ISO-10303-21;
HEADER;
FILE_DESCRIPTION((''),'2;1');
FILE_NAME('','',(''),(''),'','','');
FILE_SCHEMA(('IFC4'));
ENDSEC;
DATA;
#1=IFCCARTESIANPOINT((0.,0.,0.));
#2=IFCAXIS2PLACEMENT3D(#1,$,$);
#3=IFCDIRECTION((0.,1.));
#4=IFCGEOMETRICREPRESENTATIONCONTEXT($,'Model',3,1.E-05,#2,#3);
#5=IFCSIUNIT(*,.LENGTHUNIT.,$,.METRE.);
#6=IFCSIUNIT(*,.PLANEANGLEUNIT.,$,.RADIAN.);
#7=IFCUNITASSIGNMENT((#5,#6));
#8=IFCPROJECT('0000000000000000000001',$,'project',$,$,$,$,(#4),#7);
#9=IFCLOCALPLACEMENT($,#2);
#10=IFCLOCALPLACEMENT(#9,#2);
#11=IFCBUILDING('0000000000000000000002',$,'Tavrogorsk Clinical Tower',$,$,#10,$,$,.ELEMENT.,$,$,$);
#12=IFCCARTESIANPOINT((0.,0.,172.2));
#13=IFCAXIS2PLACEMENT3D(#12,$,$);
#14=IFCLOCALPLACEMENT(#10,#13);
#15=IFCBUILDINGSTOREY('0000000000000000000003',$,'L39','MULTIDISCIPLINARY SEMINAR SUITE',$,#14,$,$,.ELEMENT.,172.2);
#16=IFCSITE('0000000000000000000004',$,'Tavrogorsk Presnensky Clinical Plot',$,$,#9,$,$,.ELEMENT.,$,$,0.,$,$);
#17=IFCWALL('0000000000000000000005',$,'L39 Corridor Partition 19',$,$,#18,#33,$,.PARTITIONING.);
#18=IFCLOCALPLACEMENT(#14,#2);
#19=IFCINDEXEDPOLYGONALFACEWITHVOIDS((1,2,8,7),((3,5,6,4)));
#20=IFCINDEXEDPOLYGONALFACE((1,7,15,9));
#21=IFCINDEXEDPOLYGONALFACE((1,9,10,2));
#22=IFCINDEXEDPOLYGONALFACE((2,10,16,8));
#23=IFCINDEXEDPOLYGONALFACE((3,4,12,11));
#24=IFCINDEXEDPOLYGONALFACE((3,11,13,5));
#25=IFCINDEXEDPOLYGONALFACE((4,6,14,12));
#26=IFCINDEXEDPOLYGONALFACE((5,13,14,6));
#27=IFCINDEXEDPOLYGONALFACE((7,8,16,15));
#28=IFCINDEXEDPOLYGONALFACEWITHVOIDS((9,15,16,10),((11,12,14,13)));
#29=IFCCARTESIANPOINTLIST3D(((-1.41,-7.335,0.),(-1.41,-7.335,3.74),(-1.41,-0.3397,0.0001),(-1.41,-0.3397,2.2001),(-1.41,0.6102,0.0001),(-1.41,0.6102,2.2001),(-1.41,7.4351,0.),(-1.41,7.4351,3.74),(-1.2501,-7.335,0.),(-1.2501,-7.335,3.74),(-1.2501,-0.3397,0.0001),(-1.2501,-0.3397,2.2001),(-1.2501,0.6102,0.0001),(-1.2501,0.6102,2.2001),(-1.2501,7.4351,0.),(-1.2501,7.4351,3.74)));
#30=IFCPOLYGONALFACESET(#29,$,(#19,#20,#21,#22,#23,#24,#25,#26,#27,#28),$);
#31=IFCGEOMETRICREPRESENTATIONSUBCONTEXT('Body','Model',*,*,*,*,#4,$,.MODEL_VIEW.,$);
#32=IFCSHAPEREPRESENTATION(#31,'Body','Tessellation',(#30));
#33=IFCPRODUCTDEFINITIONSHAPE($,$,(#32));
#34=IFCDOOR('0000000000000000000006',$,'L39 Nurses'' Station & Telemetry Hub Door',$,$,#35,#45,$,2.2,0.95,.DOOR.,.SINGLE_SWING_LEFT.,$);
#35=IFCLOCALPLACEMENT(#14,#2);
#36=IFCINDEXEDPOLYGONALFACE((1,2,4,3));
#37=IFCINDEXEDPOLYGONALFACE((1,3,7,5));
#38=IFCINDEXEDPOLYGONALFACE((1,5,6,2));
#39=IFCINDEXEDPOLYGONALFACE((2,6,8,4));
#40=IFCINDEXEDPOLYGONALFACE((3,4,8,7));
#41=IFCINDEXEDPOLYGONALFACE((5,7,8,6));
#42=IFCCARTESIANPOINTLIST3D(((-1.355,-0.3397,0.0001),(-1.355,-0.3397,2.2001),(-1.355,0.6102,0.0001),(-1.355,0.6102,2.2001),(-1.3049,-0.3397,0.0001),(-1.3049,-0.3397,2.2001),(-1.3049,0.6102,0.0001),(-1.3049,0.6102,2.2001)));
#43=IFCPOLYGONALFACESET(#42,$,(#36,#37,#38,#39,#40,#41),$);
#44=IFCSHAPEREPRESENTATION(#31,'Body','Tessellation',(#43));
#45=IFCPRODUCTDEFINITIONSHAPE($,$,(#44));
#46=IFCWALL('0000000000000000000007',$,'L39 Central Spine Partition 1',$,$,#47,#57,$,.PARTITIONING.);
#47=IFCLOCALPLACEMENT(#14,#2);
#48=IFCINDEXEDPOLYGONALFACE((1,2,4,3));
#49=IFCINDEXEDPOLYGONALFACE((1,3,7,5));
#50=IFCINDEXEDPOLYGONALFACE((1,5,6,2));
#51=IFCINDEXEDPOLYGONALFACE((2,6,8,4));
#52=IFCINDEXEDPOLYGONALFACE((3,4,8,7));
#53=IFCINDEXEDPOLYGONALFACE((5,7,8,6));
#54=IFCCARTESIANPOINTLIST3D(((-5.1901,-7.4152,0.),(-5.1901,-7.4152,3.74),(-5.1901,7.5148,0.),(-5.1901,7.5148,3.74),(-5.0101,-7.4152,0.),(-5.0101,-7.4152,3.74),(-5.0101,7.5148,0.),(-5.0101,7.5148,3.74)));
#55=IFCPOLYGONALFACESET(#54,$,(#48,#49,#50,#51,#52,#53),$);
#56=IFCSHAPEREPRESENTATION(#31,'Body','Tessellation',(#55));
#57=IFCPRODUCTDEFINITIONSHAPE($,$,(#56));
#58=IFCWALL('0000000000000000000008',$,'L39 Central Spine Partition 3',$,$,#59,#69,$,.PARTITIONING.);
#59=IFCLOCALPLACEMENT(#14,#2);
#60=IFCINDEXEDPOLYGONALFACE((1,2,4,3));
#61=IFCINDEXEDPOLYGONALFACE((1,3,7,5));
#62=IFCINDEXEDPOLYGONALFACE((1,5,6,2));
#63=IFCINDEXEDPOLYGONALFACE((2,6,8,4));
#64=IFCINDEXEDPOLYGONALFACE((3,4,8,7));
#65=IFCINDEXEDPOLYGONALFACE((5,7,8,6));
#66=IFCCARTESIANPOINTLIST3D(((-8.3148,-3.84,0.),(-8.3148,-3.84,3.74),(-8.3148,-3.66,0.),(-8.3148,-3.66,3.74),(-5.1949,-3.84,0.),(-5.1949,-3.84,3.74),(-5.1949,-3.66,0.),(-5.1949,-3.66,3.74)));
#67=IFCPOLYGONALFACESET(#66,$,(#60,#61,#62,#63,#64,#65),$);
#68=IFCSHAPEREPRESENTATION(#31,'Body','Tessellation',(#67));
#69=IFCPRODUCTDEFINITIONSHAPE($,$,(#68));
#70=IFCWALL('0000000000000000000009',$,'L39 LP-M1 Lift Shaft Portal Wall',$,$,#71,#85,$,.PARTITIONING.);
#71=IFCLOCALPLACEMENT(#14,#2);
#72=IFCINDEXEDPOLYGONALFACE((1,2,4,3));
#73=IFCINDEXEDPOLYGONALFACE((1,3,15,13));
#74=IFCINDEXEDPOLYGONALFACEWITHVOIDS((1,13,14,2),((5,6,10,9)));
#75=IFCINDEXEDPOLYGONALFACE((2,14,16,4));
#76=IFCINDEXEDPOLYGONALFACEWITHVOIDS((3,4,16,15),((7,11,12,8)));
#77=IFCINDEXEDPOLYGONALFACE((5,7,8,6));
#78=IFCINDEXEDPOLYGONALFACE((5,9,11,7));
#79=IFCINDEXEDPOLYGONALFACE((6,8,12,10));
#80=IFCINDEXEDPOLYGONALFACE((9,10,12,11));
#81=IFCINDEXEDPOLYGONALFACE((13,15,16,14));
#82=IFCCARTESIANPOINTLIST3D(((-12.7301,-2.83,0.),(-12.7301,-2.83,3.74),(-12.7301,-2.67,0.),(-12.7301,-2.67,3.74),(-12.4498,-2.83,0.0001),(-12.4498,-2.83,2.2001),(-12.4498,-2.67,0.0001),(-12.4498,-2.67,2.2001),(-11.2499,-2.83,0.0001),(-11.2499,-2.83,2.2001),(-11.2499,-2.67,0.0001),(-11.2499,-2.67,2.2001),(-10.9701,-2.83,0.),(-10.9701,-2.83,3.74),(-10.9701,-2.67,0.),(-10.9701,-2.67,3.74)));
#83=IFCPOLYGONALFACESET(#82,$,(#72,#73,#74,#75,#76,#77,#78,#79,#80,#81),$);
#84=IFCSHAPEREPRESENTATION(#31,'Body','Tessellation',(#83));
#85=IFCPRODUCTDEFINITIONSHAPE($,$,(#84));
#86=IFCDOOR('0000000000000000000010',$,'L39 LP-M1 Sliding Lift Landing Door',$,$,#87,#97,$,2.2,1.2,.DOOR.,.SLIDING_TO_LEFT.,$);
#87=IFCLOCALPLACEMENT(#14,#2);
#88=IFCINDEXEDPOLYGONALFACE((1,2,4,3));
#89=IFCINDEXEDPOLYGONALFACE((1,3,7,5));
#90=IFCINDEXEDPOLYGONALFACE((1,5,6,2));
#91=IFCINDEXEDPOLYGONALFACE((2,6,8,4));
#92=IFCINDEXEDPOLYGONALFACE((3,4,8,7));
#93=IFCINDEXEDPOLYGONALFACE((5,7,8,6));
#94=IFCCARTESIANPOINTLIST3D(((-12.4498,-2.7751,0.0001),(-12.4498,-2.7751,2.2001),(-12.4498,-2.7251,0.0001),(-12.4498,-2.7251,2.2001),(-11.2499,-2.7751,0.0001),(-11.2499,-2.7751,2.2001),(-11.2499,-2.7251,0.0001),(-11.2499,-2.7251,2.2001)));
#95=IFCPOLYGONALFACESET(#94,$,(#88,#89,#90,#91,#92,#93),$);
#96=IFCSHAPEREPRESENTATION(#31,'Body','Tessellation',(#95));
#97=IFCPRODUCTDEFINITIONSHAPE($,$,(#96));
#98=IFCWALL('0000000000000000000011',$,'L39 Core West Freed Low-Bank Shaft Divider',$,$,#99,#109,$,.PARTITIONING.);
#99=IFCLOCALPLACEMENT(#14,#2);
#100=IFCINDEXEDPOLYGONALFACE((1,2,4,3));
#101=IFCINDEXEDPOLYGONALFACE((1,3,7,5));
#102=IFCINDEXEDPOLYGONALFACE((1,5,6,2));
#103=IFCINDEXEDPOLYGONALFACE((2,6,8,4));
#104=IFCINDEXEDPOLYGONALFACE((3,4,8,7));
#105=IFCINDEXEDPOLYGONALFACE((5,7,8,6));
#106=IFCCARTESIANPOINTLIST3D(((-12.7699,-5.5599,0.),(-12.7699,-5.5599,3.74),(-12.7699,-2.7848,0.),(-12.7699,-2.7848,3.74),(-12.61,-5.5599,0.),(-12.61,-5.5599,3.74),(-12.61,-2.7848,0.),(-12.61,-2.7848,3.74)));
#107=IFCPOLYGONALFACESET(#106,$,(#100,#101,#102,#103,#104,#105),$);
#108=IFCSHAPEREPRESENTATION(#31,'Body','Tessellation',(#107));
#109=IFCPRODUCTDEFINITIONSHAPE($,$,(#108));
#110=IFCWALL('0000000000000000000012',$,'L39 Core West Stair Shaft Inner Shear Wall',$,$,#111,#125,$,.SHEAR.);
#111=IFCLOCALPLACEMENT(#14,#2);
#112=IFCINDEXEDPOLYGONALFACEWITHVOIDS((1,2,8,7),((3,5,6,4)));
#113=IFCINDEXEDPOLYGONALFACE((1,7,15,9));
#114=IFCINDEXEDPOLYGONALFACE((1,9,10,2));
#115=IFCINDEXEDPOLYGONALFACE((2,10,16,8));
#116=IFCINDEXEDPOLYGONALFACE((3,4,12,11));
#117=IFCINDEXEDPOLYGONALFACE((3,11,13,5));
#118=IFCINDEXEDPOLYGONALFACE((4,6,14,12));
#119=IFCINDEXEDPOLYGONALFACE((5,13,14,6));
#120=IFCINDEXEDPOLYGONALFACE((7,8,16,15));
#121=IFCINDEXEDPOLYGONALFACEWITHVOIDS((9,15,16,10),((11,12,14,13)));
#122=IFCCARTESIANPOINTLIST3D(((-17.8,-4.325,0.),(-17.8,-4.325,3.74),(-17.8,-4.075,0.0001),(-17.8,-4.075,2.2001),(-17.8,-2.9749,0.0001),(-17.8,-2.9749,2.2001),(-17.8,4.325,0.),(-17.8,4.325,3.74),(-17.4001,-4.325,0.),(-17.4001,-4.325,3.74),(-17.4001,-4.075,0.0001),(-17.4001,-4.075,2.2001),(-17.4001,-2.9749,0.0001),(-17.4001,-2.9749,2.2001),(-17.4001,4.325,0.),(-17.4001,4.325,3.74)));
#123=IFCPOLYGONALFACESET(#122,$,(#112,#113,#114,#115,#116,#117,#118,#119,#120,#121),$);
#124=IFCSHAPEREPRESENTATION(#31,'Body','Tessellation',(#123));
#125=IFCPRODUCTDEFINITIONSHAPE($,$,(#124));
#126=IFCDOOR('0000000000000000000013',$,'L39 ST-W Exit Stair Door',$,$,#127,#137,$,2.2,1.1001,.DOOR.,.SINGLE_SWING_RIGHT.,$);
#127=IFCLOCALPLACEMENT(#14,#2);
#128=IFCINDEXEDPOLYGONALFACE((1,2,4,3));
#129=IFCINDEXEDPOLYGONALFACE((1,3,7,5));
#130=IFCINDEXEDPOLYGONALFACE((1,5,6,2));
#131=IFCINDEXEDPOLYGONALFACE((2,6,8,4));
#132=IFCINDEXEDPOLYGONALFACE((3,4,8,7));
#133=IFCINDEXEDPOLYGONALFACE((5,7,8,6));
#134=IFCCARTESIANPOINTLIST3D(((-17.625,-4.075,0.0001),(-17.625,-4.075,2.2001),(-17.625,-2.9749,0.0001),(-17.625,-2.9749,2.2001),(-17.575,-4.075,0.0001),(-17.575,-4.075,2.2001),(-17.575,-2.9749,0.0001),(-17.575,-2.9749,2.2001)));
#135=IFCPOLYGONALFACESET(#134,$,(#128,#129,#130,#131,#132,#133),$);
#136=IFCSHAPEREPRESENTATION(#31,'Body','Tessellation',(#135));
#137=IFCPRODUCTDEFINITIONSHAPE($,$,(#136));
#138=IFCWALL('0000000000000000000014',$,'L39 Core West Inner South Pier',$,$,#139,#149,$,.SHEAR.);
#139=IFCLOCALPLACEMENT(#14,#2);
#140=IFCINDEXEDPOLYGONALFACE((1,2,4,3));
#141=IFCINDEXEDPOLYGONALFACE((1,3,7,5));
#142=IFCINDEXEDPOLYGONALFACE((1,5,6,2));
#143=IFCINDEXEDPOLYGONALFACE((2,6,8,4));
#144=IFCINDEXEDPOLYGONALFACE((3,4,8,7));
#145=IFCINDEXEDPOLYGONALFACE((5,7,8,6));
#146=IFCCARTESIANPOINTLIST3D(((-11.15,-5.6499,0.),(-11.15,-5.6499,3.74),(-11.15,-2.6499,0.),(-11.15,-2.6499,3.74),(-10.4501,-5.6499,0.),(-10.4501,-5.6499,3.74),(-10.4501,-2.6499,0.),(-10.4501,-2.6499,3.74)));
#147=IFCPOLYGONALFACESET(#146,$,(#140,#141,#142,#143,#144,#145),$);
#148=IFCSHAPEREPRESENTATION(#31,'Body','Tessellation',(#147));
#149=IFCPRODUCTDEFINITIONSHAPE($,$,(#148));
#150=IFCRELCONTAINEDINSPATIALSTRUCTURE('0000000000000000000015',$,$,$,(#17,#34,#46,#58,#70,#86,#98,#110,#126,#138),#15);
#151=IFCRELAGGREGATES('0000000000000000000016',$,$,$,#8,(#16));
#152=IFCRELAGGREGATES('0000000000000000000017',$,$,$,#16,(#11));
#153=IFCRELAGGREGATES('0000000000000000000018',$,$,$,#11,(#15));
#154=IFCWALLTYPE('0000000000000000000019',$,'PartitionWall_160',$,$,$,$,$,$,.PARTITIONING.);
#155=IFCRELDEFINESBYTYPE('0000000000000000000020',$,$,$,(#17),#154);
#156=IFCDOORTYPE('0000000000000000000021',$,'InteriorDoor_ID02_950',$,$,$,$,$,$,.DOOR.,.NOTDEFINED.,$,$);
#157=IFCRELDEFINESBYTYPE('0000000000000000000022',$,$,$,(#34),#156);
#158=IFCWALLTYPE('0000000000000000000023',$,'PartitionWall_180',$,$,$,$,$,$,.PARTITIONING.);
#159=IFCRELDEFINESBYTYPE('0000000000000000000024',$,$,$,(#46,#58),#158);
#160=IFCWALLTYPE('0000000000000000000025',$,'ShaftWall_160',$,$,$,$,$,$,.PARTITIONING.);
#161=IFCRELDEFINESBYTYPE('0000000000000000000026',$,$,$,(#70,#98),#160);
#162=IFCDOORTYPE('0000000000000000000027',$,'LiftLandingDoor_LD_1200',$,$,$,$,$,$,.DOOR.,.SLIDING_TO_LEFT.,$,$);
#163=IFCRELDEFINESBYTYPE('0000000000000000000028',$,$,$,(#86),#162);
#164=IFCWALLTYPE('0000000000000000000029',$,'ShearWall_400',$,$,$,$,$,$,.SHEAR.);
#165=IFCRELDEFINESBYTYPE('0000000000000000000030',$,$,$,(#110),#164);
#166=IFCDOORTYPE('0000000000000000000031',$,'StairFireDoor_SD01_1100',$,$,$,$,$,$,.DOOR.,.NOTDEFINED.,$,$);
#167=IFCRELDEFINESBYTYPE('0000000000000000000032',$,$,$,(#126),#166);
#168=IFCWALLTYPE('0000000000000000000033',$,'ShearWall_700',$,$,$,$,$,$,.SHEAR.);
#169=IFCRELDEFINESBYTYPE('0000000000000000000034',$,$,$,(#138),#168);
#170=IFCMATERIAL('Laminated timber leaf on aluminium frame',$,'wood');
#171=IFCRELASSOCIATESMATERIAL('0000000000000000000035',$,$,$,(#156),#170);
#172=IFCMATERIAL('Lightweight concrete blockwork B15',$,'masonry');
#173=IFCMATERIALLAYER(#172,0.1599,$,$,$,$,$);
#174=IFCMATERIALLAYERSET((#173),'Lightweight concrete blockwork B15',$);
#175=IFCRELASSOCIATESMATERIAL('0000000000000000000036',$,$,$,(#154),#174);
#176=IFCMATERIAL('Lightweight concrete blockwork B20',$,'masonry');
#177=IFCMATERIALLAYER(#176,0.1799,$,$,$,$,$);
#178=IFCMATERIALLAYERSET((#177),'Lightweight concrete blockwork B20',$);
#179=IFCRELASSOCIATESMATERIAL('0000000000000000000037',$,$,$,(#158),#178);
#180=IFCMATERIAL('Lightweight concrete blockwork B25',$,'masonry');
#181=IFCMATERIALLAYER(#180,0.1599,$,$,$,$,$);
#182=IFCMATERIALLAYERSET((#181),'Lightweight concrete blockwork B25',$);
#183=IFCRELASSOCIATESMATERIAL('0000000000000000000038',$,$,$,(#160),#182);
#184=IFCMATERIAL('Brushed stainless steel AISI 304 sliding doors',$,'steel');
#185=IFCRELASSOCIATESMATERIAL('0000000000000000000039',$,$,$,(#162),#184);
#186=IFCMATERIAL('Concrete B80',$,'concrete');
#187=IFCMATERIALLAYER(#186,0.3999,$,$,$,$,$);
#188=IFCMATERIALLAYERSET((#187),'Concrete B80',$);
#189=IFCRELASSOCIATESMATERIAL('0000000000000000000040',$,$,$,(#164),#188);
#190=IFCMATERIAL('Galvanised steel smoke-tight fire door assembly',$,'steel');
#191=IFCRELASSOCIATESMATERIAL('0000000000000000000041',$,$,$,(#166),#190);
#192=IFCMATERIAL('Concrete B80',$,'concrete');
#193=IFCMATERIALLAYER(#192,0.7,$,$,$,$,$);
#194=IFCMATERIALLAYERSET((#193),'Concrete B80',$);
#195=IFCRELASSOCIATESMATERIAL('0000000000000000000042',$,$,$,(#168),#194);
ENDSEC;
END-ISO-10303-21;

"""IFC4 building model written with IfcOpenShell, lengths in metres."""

from ifc_helpers import new_model, si_unit, direction, frame, frame_2d, origin, place, context, subcontext, project, spatial, rectangle, extrude, material, layer, layer_set, type_object, element, fill, save


model = new_model("IFC4")

# Units and contexts
model_context = context("Model", 3, precision=1e-05, world=origin(), true_north=direction((0.0, 1.0)))
body_context = subcontext(model_context, "Body", "Model", "MODEL_VIEW")
ifc_project = project(units=[si_unit("LENGTHUNIT", "METRE"), si_unit("PLANEANGLEUNIT", "RADIAN")], contexts=[model_context])

# Site, building, storey
site_placement = place(None, origin())
site = spatial("IfcSite", under=ifc_project, at=site_placement, Name="Tavrogorsk Presnensky Clinical Plot", CompositionType="ELEMENT", RefElevation=0.0)
building_placement = place(site_placement, origin())
building = spatial("IfcBuilding", under=site, at=building_placement, Name="Tavrogorsk Clinical Tower", CompositionType="ELEMENT")
storey_placement = place(building_placement, frame((0.0, 0.0, 172.2)))
storey = spatial("IfcBuildingStorey", under=building, at=storey_placement, Name="L39", Description="MULTIDISCIPLINARY SEMINAR SUITE", CompositionType="ELEMENT", Elevation=172.2)

# Shared definitions
ifc_material_1 = material(Name="Laminated timber leaf on aluminium frame", Category="wood")
door_type_1 = type_object("IfcDoorType", Name="InteriorDoor_ID02_950", OperationType="NOTDEFINED", PredefinedType="DOOR", material=ifc_material_1)

# Shared definitions
ifc_material_2 = material(Name="Lightweight concrete blockwork B15", Category="masonry")
ifc_layer_1 = layer(ifc_material_2, 0.1599)
ifc_layer_set_1 = layer_set([ifc_layer_1], Name="Lightweight concrete blockwork B15")
wall_type_1 = type_object("IfcWallType", Name="PartitionWall_160", PredefinedType="PARTITIONING", material=ifc_layer_set_1)

# Wall, opening, door
wall_1_placement = place(storey_placement, frame((-1.3301, -7.335, 0.0), z_axis=(0.0, 0.0, 1.0), x_axis=(0.0, 1.0, 0.0)))
wall_1 = element("IfcWall", 1, at=wall_1_placement, inside=storey, type_object=wall_type_1, Name="L39 Corridor Partition 19", PredefinedType="PARTITIONING", context=body_context, shape_type="SweptSolid", body=[
    extrude(rectangle(XDim=14.77, YDim=0.1599, at=frame_2d((7.385, 0.0))), origin(), (0.0, 0.0, 1.0), 3.74),
])
opening_1_placement = place(wall_1_placement, frame((6.9951, 0.0, 0.0)))
opening_1 = element("IfcOpeningElement", 2, at=opening_1_placement, cuts=wall_1, PredefinedType="OPENING", context=body_context, shape_type="SweptSolid", body=[
    extrude(rectangle(XDim=0.95, YDim=2.2, at=frame_2d((0.4751, 1.1001))), frame((0.0, 0.0898, 0.0), z_axis=(0.0, -1.0, 0.0), x_axis=(1.0, 0.0, 0.0)), (0.0, 0.0, 1.0), 0.1799),
])
door_1_placement = place(opening_1_placement, origin())
door_1 = element("IfcDoor", 3, at=door_1_placement, inside=storey, type_object=door_type_1, Name="L39 Nurses' Station & Telemetry Hub Door", OperationType="SINGLE_SWING_LEFT", OverallHeight=2.2, OverallWidth=0.95, PredefinedType="DOOR", context=body_context, shape_type="SweptSolid", body=[
    extrude(rectangle(XDim=0.95, YDim=2.2, at=frame_2d((0.4751, 1.1001))), frame((0.0, 0.0249, 0.0), z_axis=(0.0, -1.0, 0.0), x_axis=(1.0, 0.0, 0.0)), (0.0, 0.0, 1.0), 0.05),
])
fill(opening_1, door_1)

# Walls
ifc_material_3 = material(Name="Lightweight concrete blockwork B20", Category="masonry")
ifc_layer_2 = layer(ifc_material_3, 0.1799)
ifc_layer_set_2 = layer_set([ifc_layer_2], Name="Lightweight concrete blockwork B20")
wall_type_2 = type_object("IfcWallType", Name="PartitionWall_180", PredefinedType="PARTITIONING", material=ifc_layer_set_2)
wall_2_placement = place(storey_placement, frame((-5.1001, -7.415, 0.0), z_axis=(0.0, 0.0, 1.0), x_axis=(0.0, 1.0, 0.0)))
element("IfcWall", 4, at=wall_2_placement, inside=storey, type_object=wall_type_2, Name="L39 Central Spine Partition 1", PredefinedType="PARTITIONING", context=body_context, shape_type="SweptSolid", body=[
    extrude(rectangle(XDim=14.9299, YDim=0.1799, at=frame_2d((7.4648, 0.0))), origin(), (0.0, 0.0, 1.0), 3.74),
])
wall_3_placement = place(storey_placement, frame((-8.3149, -3.75, 0.0), z_axis=(0.0, 0.0, 1.0), x_axis=(1.0, 0.0, 0.0)))
element("IfcWall", 5, at=wall_3_placement, inside=storey, type_object=wall_type_2, Name="L39 Central Spine Partition 3", PredefinedType="PARTITIONING", context=body_context, shape_type="SweptSolid", body=[
    extrude(rectangle(XDim=3.1199, YDim=0.1799, at=frame_2d((1.5601, 0.0))), origin(), (0.0, 0.0, 1.0), 3.74),
])

# Wall, opening, door
ifc_material_4 = material(Name="Lightweight concrete blockwork B25", Category="masonry")
ifc_layer_3 = layer(ifc_material_4, 0.1599)
ifc_layer_set_3 = layer_set([ifc_layer_3], Name="Lightweight concrete blockwork B25")
wall_type_3 = type_object("IfcWallType", Name="ShaftWall_160", PredefinedType="PARTITIONING", material=ifc_layer_set_3)
wall_4_placement = place(storey_placement, frame((-12.73, -2.75, 0.0), z_axis=(0.0, 0.0, 1.0), x_axis=(1.0, 0.0, 0.0)))
wall_4 = element("IfcWall", 6, at=wall_4_placement, inside=storey, type_object=wall_type_3, Name="L39 LP-M1 Lift Shaft Portal Wall", PredefinedType="PARTITIONING", context=body_context, shape_type="SweptSolid", body=[
    extrude(rectangle(XDim=1.76, YDim=0.1599, at=frame_2d((0.8799, 0.0))), origin(), (0.0, 0.0, 1.0), 3.74),
])
opening_2_placement = place(wall_4_placement, frame((0.28, 0.0, 0.0)))
opening_2 = element("IfcOpeningElement", 7, at=opening_2_placement, cuts=wall_4, PredefinedType="OPENING", context=body_context, shape_type="SweptSolid", body=[
    extrude(rectangle(XDim=1.2, YDim=2.2, at=frame_2d((0.6001, 1.1001))), frame((0.0, 0.0898, 0.0), z_axis=(0.0, -1.0, 0.0), x_axis=(1.0, 0.0, 0.0)), (0.0, 0.0, 1.0), 0.1799),
])
ifc_material_5 = material(Name="Brushed stainless steel AISI 304 sliding doors", Category="steel")
door_type_2 = type_object("IfcDoorType", Name="LiftLandingDoor_LD_1200", OperationType="SLIDING_TO_LEFT", PredefinedType="DOOR", material=ifc_material_5)
door_2_placement = place(opening_2_placement, origin())
door_2 = element("IfcDoor", 8, at=door_2_placement, inside=storey, type_object=door_type_2, Name="L39 LP-M1 Sliding Lift Landing Door", OperationType="SLIDING_TO_LEFT", OverallHeight=2.2, OverallWidth=1.2, PredefinedType="DOOR", context=body_context, shape_type="SweptSolid", body=[
    extrude(rectangle(XDim=1.2, YDim=2.2, at=frame_2d((0.6001, 1.1001))), frame((0.0, 0.0249, 0.0), z_axis=(0.0, -1.0, 0.0), x_axis=(1.0, 0.0, 0.0)), (0.0, 0.0, 1.0), 0.05),
])
fill(opening_2, door_2)

# Wall
wall_5_placement = place(storey_placement, frame((-12.6899, -5.5601, 0.0), z_axis=(0.0, 0.0, 1.0), x_axis=(0.0, 1.0, 0.0)))
element("IfcWall", 9, at=wall_5_placement, inside=storey, type_object=wall_type_3, Name="L39 Core West Freed Low-Bank Shaft Divider", PredefinedType="PARTITIONING", context=body_context, shape_type="SweptSolid", body=[
    extrude(rectangle(XDim=2.7751, YDim=0.1599, at=frame_2d((1.3877, 0.0))), origin(), (0.0, 0.0, 1.0), 3.74),
])

# Wall, opening, door
ifc_material_6 = material(Name="Concrete B80", Category="concrete")
ifc_layer_4 = layer(ifc_material_6, 0.3999)
ifc_layer_set_4 = layer_set([ifc_layer_4], Name="Concrete B80")
wall_type_4 = type_object("IfcWallType", Name="ShearWall_400", PredefinedType="SHEAR", material=ifc_layer_set_4)
wall_6_placement = place(storey_placement, frame((-17.6001, -4.325, 0.0), z_axis=(0.0, 0.0, 1.0), x_axis=(0.0, 1.0, 0.0)))
wall_6 = element("IfcWall", 10, at=wall_6_placement, inside=storey, type_object=wall_type_4, Name="L39 Core West Stair Shaft Inner Shear Wall", PredefinedType="SHEAR", context=body_context, shape_type="SweptSolid", body=[
    extrude(rectangle(XDim=8.6499, YDim=0.3999, at=frame_2d((4.325, 0.0))), origin(), (0.0, 0.0, 1.0), 3.74),
])
opening_3_placement = place(wall_6_placement, frame((0.25, 0.0, 0.0)))
opening_3 = element("IfcOpeningElement", 11, at=opening_3_placement, cuts=wall_6, PredefinedType="OPENING", context=body_context, shape_type="SweptSolid", body=[
    extrude(rectangle(XDim=1.1001, YDim=2.2, at=frame_2d((0.55, 1.1001))), frame((0.0, 0.21, 0.0), z_axis=(0.0, -1.0, 0.0), x_axis=(1.0, 0.0, 0.0)), (0.0, 0.0, 1.0), 0.4199),
])
ifc_material_7 = material(Name="Galvanised steel smoke-tight fire door assembly", Category="steel")
door_type_3 = type_object("IfcDoorType", Name="StairFireDoor_SD01_1100", OperationType="NOTDEFINED", PredefinedType="DOOR", material=ifc_material_7)
door_3_placement = place(opening_3_placement, origin())
door_3 = element("IfcDoor", 12, at=door_3_placement, inside=storey, type_object=door_type_3, Name="L39 ST-W Exit Stair Door", OperationType="SINGLE_SWING_RIGHT", OverallHeight=2.2, OverallWidth=1.1001, PredefinedType="DOOR", context=body_context, shape_type="SweptSolid", body=[
    extrude(rectangle(XDim=1.1001, YDim=2.2, at=frame_2d((0.55, 1.1001))), frame((0.0, 0.0249, 0.0), z_axis=(0.0, -1.0, 0.0), x_axis=(1.0, 0.0, 0.0)), (0.0, 0.0, 1.0), 0.05),
])
fill(opening_3, door_3)

# Wall
ifc_material_8 = material(Name="Concrete B80", Category="concrete")
ifc_layer_5 = layer(ifc_material_8, 0.7)
ifc_layer_set_5 = layer_set([ifc_layer_5], Name="Concrete B80")
wall_type_5 = type_object("IfcWallType", Name="ShearWall_700", PredefinedType="SHEAR", material=ifc_layer_set_5)
wall_7_placement = place(storey_placement, frame((-10.8, -5.6499, 0.0), z_axis=(0.0, 0.0, 1.0), x_axis=(0.0, 1.0, 0.0)))
element("IfcWall", 13, at=wall_7_placement, inside=storey, type_object=wall_type_5, Name="L39 Core West Inner South Pier", PredefinedType="SHEAR", context=body_context, shape_type="SweptSolid", body=[
    extrude(rectangle(XDim=3.0, YDim=0.7, at=frame_2d((1.5, 0.0))), origin(), (0.0, 0.0, 1.0), 3.74),
])

save(model, "model.ifc")
